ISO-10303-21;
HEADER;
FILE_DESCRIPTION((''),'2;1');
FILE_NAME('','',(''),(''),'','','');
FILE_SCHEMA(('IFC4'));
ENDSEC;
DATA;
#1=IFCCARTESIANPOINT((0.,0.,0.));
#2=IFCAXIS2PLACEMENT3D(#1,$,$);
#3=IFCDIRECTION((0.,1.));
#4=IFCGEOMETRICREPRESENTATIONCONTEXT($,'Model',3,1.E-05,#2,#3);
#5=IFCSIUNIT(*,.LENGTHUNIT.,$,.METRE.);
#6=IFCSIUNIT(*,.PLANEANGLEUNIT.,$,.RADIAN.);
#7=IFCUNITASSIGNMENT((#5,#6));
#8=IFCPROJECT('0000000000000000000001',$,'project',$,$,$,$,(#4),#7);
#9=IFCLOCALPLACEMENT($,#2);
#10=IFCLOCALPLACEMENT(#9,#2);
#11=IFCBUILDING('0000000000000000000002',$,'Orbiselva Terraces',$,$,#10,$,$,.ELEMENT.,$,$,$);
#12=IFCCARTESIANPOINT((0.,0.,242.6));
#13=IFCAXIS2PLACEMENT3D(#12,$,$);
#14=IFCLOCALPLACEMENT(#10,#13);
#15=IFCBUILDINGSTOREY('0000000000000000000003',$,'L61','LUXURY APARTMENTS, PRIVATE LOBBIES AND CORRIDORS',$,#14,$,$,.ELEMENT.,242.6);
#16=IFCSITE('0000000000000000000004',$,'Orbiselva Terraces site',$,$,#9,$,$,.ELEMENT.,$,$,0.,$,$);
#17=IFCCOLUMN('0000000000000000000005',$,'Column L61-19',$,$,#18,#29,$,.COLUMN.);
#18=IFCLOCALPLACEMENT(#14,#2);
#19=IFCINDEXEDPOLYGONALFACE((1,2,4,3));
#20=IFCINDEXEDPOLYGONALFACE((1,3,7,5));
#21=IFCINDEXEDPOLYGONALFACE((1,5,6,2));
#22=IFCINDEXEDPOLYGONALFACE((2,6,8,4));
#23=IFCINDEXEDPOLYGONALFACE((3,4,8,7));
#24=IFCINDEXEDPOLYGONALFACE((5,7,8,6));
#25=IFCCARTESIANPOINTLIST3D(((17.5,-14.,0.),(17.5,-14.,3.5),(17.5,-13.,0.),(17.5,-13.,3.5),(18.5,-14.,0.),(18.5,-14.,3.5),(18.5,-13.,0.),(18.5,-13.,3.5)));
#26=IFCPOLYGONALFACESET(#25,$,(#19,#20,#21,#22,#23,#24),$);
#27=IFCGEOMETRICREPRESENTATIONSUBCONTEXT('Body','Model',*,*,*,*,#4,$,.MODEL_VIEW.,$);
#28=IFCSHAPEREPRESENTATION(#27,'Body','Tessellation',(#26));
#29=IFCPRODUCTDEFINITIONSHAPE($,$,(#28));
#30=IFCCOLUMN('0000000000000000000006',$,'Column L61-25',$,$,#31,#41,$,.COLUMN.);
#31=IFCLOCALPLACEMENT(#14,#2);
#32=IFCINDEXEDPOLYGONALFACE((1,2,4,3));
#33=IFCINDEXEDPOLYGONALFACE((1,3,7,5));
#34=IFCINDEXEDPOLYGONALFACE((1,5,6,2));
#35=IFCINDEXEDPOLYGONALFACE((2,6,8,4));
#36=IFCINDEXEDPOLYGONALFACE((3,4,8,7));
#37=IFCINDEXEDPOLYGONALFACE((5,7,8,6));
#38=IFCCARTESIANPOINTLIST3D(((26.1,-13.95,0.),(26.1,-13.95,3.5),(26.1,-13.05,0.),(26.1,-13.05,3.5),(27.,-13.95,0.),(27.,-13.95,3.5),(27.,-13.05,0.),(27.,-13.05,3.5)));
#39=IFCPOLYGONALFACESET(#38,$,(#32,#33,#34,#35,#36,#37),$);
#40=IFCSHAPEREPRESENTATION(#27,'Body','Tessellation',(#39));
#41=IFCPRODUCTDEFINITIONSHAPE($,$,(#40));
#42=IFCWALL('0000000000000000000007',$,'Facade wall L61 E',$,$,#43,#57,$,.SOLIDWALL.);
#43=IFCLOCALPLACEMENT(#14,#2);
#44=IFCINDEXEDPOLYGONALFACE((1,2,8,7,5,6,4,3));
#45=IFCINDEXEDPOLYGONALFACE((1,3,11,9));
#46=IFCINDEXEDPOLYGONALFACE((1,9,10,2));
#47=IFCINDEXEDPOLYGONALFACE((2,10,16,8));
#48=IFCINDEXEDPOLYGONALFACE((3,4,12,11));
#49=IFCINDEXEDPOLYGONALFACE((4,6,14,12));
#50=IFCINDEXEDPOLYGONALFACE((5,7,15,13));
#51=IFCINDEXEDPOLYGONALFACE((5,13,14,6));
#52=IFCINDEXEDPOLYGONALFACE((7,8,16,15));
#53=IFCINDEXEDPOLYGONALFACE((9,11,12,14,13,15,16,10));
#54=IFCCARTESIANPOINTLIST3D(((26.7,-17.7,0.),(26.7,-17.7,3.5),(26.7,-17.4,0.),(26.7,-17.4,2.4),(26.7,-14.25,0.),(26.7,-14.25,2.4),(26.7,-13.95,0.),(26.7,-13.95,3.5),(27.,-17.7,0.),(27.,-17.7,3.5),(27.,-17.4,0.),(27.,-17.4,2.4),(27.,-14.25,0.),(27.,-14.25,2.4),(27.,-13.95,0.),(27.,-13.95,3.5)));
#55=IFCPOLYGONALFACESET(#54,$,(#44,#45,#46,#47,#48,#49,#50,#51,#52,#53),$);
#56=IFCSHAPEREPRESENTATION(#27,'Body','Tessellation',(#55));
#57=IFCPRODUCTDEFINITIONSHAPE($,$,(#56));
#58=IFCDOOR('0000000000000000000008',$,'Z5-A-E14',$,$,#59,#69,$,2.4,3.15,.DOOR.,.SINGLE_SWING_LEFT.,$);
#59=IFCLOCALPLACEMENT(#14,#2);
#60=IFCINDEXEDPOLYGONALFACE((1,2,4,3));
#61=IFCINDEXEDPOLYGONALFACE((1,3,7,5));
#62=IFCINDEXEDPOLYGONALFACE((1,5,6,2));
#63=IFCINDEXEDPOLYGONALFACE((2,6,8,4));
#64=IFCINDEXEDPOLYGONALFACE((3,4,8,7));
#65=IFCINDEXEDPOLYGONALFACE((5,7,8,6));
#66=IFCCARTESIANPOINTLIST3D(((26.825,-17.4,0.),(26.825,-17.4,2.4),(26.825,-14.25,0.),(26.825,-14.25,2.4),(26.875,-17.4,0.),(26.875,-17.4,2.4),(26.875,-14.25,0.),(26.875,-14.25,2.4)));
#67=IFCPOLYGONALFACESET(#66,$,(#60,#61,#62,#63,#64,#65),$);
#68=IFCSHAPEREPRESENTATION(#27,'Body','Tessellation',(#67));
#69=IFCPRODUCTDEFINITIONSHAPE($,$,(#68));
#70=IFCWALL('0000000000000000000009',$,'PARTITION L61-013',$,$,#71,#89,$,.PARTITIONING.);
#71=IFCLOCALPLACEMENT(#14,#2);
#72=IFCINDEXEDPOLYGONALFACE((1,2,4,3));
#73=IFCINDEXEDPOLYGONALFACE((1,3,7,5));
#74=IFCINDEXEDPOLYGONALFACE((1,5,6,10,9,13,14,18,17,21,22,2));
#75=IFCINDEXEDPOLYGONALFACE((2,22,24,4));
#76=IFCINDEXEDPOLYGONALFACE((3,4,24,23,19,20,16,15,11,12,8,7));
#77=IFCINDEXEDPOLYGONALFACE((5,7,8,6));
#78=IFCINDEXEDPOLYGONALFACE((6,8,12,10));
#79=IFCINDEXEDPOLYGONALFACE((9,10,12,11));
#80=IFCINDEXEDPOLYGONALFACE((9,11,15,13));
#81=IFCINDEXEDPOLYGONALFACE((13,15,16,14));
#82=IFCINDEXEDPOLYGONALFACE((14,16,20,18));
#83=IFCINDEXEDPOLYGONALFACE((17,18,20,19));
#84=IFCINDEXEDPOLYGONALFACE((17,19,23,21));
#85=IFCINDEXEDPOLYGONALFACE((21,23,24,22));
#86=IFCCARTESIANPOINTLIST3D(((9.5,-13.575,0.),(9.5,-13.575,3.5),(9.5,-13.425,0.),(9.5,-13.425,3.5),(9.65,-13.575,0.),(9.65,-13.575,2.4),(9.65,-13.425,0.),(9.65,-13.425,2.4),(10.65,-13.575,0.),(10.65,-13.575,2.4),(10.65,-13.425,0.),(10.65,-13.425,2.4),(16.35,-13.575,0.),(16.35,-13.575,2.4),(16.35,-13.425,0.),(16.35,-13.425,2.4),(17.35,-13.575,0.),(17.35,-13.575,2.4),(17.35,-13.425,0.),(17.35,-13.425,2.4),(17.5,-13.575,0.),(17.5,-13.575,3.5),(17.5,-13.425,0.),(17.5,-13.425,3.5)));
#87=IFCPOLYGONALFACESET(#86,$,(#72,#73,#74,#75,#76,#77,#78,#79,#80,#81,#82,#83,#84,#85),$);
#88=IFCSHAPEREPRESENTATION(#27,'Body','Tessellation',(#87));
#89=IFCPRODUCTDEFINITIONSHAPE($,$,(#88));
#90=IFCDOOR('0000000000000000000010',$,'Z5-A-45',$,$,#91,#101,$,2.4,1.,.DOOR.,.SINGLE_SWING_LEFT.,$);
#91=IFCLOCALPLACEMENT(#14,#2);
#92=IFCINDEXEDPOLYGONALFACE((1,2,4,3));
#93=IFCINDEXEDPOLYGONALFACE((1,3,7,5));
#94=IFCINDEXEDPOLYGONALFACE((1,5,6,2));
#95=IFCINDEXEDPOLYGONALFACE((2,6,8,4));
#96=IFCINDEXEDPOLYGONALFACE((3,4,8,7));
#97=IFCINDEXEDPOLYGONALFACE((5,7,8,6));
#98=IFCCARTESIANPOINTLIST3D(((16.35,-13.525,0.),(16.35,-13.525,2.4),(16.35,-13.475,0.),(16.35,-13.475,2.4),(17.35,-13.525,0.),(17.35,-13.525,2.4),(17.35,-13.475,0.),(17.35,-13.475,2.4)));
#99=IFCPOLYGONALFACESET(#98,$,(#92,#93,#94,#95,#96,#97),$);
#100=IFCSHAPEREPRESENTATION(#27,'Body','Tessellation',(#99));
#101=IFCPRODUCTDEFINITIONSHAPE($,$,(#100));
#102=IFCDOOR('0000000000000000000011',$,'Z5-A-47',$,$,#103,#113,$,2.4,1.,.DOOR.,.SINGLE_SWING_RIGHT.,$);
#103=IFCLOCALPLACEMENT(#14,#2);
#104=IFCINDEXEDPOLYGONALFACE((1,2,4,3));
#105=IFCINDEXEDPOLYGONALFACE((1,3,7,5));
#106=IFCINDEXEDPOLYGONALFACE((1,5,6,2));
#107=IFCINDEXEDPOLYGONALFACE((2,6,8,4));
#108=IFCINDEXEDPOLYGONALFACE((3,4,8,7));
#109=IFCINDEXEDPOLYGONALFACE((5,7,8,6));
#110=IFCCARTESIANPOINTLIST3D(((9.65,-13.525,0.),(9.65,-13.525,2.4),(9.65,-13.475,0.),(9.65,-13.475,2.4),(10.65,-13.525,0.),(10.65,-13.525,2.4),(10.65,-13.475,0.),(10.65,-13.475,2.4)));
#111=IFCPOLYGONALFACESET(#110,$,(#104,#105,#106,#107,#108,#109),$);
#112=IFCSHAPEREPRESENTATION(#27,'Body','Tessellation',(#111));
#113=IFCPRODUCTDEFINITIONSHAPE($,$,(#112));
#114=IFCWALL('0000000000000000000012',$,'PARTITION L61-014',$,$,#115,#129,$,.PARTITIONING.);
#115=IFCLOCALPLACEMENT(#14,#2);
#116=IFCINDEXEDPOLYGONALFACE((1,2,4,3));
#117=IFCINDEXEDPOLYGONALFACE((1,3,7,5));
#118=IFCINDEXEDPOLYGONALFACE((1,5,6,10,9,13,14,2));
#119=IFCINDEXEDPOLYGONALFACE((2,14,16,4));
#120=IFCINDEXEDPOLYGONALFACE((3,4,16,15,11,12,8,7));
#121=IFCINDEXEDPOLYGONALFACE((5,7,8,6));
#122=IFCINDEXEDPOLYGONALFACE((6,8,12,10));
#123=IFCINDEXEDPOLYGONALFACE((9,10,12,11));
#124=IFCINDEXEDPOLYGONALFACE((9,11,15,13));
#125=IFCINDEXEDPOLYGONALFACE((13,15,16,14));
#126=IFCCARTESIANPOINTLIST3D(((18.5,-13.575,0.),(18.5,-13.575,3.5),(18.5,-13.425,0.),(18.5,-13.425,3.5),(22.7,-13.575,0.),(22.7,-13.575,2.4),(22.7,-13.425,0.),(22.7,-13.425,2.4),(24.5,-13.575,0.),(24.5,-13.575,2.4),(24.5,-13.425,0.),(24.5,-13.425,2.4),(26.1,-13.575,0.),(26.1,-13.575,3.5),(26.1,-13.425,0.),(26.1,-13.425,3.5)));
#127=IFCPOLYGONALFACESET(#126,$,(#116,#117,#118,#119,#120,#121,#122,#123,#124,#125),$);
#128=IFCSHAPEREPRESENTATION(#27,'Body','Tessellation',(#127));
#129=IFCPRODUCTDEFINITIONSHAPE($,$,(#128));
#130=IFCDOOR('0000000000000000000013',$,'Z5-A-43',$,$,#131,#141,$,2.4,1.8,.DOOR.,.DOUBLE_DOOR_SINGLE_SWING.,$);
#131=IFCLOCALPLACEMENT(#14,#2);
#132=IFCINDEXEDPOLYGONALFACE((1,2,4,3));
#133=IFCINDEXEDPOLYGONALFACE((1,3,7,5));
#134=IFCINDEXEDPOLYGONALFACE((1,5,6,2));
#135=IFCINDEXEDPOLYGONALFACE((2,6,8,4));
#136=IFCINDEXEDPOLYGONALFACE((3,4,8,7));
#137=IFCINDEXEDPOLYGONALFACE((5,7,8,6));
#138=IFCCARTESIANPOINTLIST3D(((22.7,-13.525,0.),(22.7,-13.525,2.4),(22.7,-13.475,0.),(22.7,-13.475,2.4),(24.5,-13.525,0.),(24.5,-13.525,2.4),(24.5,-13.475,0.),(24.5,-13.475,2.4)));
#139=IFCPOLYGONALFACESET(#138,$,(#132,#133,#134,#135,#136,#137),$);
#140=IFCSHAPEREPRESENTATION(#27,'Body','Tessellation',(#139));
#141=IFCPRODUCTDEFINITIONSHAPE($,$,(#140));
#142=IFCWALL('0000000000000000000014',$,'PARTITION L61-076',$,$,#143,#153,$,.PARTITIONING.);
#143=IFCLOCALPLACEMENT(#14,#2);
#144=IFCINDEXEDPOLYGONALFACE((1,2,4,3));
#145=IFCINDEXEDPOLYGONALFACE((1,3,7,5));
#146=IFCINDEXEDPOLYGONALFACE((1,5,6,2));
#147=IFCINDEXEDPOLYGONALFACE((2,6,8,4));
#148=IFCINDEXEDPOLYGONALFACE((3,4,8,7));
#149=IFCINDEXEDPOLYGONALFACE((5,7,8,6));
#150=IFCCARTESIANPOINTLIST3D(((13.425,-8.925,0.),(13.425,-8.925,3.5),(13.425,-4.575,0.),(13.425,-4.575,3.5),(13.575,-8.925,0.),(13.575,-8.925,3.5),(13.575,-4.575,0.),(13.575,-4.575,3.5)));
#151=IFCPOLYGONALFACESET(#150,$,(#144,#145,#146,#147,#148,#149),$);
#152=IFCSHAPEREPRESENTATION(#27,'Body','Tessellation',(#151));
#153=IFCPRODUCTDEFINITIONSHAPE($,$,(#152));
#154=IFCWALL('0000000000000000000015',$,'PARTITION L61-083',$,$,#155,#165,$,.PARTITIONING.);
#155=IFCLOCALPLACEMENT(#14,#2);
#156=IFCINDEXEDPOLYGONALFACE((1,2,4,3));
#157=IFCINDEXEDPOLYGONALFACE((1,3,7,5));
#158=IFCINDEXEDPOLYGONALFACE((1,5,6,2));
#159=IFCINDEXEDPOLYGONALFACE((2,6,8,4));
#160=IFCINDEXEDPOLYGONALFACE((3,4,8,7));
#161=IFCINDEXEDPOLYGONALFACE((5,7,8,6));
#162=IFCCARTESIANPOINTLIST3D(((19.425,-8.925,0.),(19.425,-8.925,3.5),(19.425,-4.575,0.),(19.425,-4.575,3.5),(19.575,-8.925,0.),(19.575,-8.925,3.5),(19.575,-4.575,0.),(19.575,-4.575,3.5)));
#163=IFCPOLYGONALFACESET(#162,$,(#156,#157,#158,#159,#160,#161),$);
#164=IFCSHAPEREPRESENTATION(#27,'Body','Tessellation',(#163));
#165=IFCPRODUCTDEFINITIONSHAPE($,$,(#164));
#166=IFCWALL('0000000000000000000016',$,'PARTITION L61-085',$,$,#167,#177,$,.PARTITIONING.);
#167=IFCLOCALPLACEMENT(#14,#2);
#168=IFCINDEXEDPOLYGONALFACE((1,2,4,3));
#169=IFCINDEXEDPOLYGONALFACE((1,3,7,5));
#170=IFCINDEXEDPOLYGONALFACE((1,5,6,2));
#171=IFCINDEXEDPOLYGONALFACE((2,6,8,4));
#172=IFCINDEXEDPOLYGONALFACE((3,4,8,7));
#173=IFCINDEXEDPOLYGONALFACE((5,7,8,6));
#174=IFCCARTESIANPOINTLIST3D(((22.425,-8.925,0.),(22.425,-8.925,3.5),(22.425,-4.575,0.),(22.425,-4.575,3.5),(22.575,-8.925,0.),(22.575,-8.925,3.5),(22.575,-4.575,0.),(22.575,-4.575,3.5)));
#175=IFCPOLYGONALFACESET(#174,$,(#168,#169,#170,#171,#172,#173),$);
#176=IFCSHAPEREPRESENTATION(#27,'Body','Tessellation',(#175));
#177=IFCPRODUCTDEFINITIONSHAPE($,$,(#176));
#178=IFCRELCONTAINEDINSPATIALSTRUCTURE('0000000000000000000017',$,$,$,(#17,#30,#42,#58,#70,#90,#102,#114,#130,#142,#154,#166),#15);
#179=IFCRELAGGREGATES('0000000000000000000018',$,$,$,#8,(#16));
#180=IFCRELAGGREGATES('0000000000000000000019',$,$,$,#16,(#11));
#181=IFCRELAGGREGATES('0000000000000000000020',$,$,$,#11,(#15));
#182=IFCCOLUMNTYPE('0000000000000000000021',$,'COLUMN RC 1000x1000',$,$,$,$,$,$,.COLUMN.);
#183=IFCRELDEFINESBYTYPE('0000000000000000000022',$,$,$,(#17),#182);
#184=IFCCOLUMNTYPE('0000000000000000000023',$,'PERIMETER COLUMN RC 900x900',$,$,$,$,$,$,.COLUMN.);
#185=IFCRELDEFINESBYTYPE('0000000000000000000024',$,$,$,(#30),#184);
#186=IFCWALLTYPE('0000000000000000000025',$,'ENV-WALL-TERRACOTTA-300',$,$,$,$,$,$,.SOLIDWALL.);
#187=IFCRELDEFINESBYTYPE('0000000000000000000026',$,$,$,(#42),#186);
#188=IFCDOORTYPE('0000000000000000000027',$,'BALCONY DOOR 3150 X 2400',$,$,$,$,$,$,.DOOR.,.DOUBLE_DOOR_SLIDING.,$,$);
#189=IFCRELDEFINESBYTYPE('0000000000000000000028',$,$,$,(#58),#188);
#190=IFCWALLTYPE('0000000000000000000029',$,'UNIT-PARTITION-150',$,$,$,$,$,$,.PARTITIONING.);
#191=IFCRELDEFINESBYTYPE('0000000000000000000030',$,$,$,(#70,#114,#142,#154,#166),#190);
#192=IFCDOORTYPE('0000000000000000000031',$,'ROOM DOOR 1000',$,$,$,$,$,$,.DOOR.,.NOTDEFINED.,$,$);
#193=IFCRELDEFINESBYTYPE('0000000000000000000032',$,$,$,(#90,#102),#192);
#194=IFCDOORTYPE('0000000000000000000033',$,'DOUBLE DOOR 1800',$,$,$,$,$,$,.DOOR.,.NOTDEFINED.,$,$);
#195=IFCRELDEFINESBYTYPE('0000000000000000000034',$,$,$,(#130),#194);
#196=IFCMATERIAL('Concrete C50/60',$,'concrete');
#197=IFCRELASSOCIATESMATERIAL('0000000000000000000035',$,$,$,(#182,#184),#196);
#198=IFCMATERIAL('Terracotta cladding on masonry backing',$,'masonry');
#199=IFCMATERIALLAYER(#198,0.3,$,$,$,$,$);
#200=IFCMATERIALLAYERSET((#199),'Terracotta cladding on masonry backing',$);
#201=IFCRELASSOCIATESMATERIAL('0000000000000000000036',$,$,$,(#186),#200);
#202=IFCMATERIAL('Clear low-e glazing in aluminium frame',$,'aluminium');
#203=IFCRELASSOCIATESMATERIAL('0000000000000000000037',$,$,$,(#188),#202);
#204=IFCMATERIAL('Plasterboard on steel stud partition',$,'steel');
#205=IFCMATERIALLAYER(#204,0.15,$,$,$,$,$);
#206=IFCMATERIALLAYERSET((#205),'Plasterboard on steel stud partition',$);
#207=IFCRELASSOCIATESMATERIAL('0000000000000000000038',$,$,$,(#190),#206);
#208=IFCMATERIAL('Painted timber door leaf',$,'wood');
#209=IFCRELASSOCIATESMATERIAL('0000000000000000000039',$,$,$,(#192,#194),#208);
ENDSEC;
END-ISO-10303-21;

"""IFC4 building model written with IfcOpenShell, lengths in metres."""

from ifc_helpers import new_model, si_unit, direction, frame, frame_2d, origin, origin_2d, place, context, subcontext, project, spatial, rectangle, extrude, material, layer, layer_set, material_profile, profile_set, type_object, element, fill, save


model = new_model("IFC4")

# Units and contexts
model_context = context("Model", 3, precision=1e-05, world=origin(), true_north=direction((0.0, 1.0)))
body_context = subcontext(model_context, "Body", "Model", "MODEL_VIEW")
ifc_project = project(units=[si_unit("LENGTHUNIT", "METRE"), si_unit("PLANEANGLEUNIT", "RADIAN")], contexts=[model_context])

# Site, building, storey
site_placement = place(None, origin())
site = spatial("IfcSite", under=ifc_project, at=site_placement, Name="Orbiselva Terraces site", CompositionType="ELEMENT", RefElevation=0.0)
building_placement = place(site_placement, origin())
building = spatial("IfcBuilding", under=site, at=building_placement, Name="Orbiselva Terraces", CompositionType="ELEMENT")
storey_placement = place(building_placement, frame((0.0, 0.0, 242.6)))
storey = spatial("IfcBuildingStorey", under=building, at=storey_placement, Name="L61", Description="LUXURY APARTMENTS, PRIVATE LOBBIES AND CORRIDORS", CompositionType="ELEMENT", Elevation=242.6)

# Columns
ifc_material_1 = material(Name="Concrete C50/60", Category="concrete")
ifc_material_profile_1 = material_profile(ifc_material_1, rectangle(XDim=1.0, YDim=1.0, at=origin_2d()), Name="RC 1000x1000")
ifc_profile_set_1 = profile_set([ifc_material_profile_1], Name="Concrete C50/60")
column_type_1 = type_object("IfcColumnType", Name="COLUMN RC 1000x1000", PredefinedType="COLUMN", material=ifc_profile_set_1)
column_1_placement = place(storey_placement, frame((18.0, -13.5, 0.0), z_axis=(0.0, 0.0, 1.0), x_axis=(1.0, 0.0, 0.0)))
element("IfcColumn", 1, at=column_1_placement, inside=storey, type_object=column_type_1, Name="Column L61-19", PredefinedType="COLUMN", context=body_context, shape_type="SweptSolid", body=[
    extrude(rectangle(XDim=1.0, YDim=1.0, at=origin_2d()), origin(), (0.0, 0.0, 1.0), 3.5),
])
ifc_material_profile_2 = material_profile(ifc_material_1, rectangle(XDim=0.9, YDim=0.9, at=origin_2d()), Name="RC 900x900")
ifc_profile_set_2 = profile_set([ifc_material_profile_2], Name="Concrete C50/60")
column_type_2 = type_object("IfcColumnType", Name="PERIMETER COLUMN RC 900x900", PredefinedType="COLUMN", material=ifc_profile_set_2)
column_2_placement = place(storey_placement, frame((26.55, -13.5, 0.0), z_axis=(0.0, 0.0, 1.0), x_axis=(1.0, 0.0, 0.0)))
element("IfcColumn", 2, at=column_2_placement, inside=storey, type_object=column_type_2, Name="Column L61-25", PredefinedType="COLUMN", context=body_context, shape_type="SweptSolid", body=[
    extrude(rectangle(XDim=0.9, YDim=0.9, at=origin_2d()), origin(), (0.0, 0.0, 1.0), 3.5),
])

# Wall, opening, door
ifc_material_2 = material(Name="Terracotta cladding on masonry backing", Category="masonry")
ifc_layer_1 = layer(ifc_material_2, 0.3)
ifc_layer_set_1 = layer_set([ifc_layer_1], Name="Terracotta cladding on masonry backing")
wall_type_1 = type_object("IfcWallType", Name="ENV-WALL-TERRACOTTA-300", PredefinedType="SOLIDWALL", material=ifc_layer_set_1)
wall_1_placement = place(storey_placement, frame((26.85, -13.95, 0.0), z_axis=(0.0, 0.0, 1.0), x_axis=(0.0, -1.0, 0.0)))
wall_1 = element("IfcWall", 3, at=wall_1_placement, inside=storey, type_object=wall_type_1, Name="Facade wall L61 E", PredefinedType="SOLIDWALL", context=body_context, shape_type="SweptSolid", body=[
    extrude(rectangle(XDim=3.75, YDim=0.3, at=frame_2d((1.875, 0.0))), origin(), (0.0, 0.0, 1.0), 3.5),
])
opening_1_placement = place(wall_1_placement, frame((0.3, 0.0, 0.0)))
opening_1 = element("IfcOpeningElement", 4, at=opening_1_placement, cuts=wall_1, PredefinedType="OPENING", context=body_context, shape_type="SweptSolid", body=[
    extrude(rectangle(XDim=3.15, YDim=2.4, at=frame_2d((1.575, 1.2))), frame((0.0, 0.16, 0.0), z_axis=(0.0, -1.0, 0.0), x_axis=(1.0, 0.0, 0.0)), (0.0, 0.0, 1.0), 0.32),
])
ifc_material_3 = material(Name="Clear low-e glazing in aluminium frame", Category="aluminium")
door_type_1 = type_object("IfcDoorType", Name="BALCONY DOOR 3150 X 2400", OperationType="DOUBLE_DOOR_SLIDING", PredefinedType="DOOR", material=ifc_material_3)
door_1_placement = place(opening_1_placement, origin())
door_1 = element("IfcDoor", 5, at=door_1_placement, inside=storey, type_object=door_type_1, Name="Z5-A-E14", OperationType="SINGLE_SWING_LEFT", OverallHeight=2.4, OverallWidth=3.15, PredefinedType="DOOR", context=body_context, shape_type="SweptSolid", body=[
    extrude(rectangle(XDim=3.15, YDim=2.4, at=frame_2d((1.575, 1.2))), frame((0.0, 0.025, 0.0), z_axis=(0.0, -1.0, 0.0), x_axis=(1.0, 0.0, 0.0)), (0.0, 0.0, 1.0), 0.05),
])
fill(opening_1, door_1)

# Wall, openings, doors
ifc_material_4 = material(Name="Plasterboard on steel stud partition", Category="steel")
ifc_layer_2 = layer(ifc_material_4, 0.15)
ifc_layer_set_2 = layer_set([ifc_layer_2], Name="Plasterboard on steel stud partition")
wall_type_2 = type_object("IfcWallType", Name="UNIT-PARTITION-150", PredefinedType="PARTITIONING", material=ifc_layer_set_2)
wall_2_placement = place(storey_placement, frame((17.5, -13.5, 0.0), z_axis=(0.0, 0.0, 1.0), x_axis=(-1.0, 0.0, 0.0)))
wall_2 = element("IfcWall", 6, at=wall_2_placement, inside=storey, type_object=wall_type_2, Name="PARTITION L61-013", PredefinedType="PARTITIONING", context=body_context, shape_type="SweptSolid", body=[
    extrude(rectangle(XDim=8.0, YDim=0.15, at=frame_2d((4.0, 0.0))), origin(), (0.0, 0.0, 1.0), 3.5),
])
opening_2_placement = place(wall_2_placement, frame((0.15, 0.0, 0.0)))
opening_2 = element("IfcOpeningElement", 7, at=opening_2_placement, cuts=wall_2, PredefinedType="OPENING", context=body_context, shape_type="SweptSolid", body=[
    extrude(rectangle(XDim=1.0, YDim=2.4, at=frame_2d((0.5, 1.2))), frame((0.0, 0.085, 0.0), z_axis=(0.0, -1.0, 0.0), x_axis=(1.0, 0.0, 0.0)), (0.0, 0.0, 1.0), 0.17),
])
opening_3_placement = place(wall_2_placement, frame((6.85, 0.0, 0.0)))
opening_3 = element("IfcOpeningElement", 8, at=opening_3_placement, cuts=wall_2, PredefinedType="OPENING", context=body_context, shape_type="SweptSolid", body=[
    extrude(rectangle(XDim=1.0, YDim=2.4, at=frame_2d((0.5, 1.2))), frame((0.0, 0.085, 0.0), z_axis=(0.0, -1.0, 0.0), x_axis=(1.0, 0.0, 0.0)), (0.0, 0.0, 1.0), 0.17),
])
ifc_material_5 = material(Name="Painted timber door leaf", Category="wood")
door_type_2 = type_object("IfcDoorType", Name="ROOM DOOR 1000", OperationType="NOTDEFINED", PredefinedType="DOOR", material=ifc_material_5)
door_2_placement = place(opening_2_placement, origin())
door_2 = element("IfcDoor", 9, at=door_2_placement, inside=storey, type_object=door_type_2, Name="Z5-A-45", OperationType="SINGLE_SWING_LEFT", OverallHeight=2.4, OverallWidth=1.0, PredefinedType="DOOR", context=body_context, shape_type="SweptSolid", body=[
    extrude(rectangle(XDim=1.0, YDim=2.4, at=frame_2d((0.5, 1.2))), frame((0.0, 0.025, 0.0), z_axis=(0.0, -1.0, 0.0), x_axis=(1.0, 0.0, 0.0)), (0.0, 0.0, 1.0), 0.05),
])
fill(opening_2, door_2)
door_3_placement = place(opening_3_placement, origin())
door_3 = element("IfcDoor", 10, at=door_3_placement, inside=storey, type_object=door_type_2, Name="Z5-A-47", OperationType="SINGLE_SWING_RIGHT", OverallHeight=2.4, OverallWidth=1.0, PredefinedType="DOOR", context=body_context, shape_type="SweptSolid", body=[
    extrude(rectangle(XDim=1.0, YDim=2.4, at=frame_2d((0.5, 1.2))), frame((0.0, 0.025, 0.0), z_axis=(0.0, -1.0, 0.0), x_axis=(1.0, 0.0, 0.0)), (0.0, 0.0, 1.0), 0.05),
])
fill(opening_3, door_3)

# Wall, opening, door
wall_3_placement = place(storey_placement, frame((26.1, -13.5, 0.0), z_axis=(0.0, 0.0, 1.0), x_axis=(-1.0, 0.0, 0.0)))
wall_3 = element("IfcWall", 11, at=wall_3_placement, inside=storey, type_object=wall_type_2, Name="PARTITION L61-014", PredefinedType="PARTITIONING", context=body_context, shape_type="SweptSolid", body=[
    extrude(rectangle(XDim=7.6, YDim=0.15, at=frame_2d((3.8, 0.0))), origin(), (0.0, 0.0, 1.0), 3.5),
])
opening_4_placement = place(wall_3_placement, frame((1.6, 0.0, 0.0)))
opening_4 = element("IfcOpeningElement", 12, at=opening_4_placement, cuts=wall_3, PredefinedType="OPENING", context=body_context, shape_type="SweptSolid", body=[
    extrude(rectangle(XDim=1.8, YDim=2.4, at=frame_2d((0.9, 1.2))), frame((0.0, 0.085, 0.0), z_axis=(0.0, -1.0, 0.0), x_axis=(1.0, 0.0, 0.0)), (0.0, 0.0, 1.0), 0.17),
])
door_type_3 = type_object("IfcDoorType", Name="DOUBLE DOOR 1800", OperationType="NOTDEFINED", PredefinedType="DOOR", material=ifc_material_5)
door_4_placement = place(opening_4_placement, origin())
door_4 = element("IfcDoor", 13, at=door_4_placement, inside=storey, type_object=door_type_3, Name="Z5-A-43", OperationType="DOUBLE_DOOR_SINGLE_SWING", OverallHeight=2.4, OverallWidth=1.8, PredefinedType="DOOR", context=body_context, shape_type="SweptSolid", body=[
    extrude(rectangle(XDim=1.8, YDim=2.4, at=frame_2d((0.9, 1.2))), frame((0.0, 0.025, 0.0), z_axis=(0.0, -1.0, 0.0), x_axis=(1.0, 0.0, 0.0)), (0.0, 0.0, 1.0), 0.05),
])
fill(opening_4, door_4)

# Walls
for number, where, z_axis, x_axis, name in (
    (14, (13.5, -8.925, 0.0), (0.0, 0.0, 1.0), (0.0, 1.0, 0.0), "PARTITION L61-076"),
    (15, (19.5, -8.925, 0.0), (0.0, 0.0, 1.0), (0.0, 1.0, 0.0), "PARTITION L61-083"),
    (16, (22.5, -8.925, 0.0), (0.0, 0.0, 1.0), (0.0, 1.0, 0.0), "PARTITION L61-085"),
):
    element("IfcWall", number, at=place(storey_placement, frame(where, z_axis=z_axis, x_axis=x_axis)), inside=storey, type_object=wall_type_2, Name=name, PredefinedType="PARTITIONING", context=body_context, shape_type="SweptSolid", body=[
        extrude(rectangle(XDim=4.35, YDim=0.15, at=frame_2d((2.175, 0.0))), origin(), (0.0, 0.0, 1.0), 3.5),
    ])

save(model, "model.ifc")
